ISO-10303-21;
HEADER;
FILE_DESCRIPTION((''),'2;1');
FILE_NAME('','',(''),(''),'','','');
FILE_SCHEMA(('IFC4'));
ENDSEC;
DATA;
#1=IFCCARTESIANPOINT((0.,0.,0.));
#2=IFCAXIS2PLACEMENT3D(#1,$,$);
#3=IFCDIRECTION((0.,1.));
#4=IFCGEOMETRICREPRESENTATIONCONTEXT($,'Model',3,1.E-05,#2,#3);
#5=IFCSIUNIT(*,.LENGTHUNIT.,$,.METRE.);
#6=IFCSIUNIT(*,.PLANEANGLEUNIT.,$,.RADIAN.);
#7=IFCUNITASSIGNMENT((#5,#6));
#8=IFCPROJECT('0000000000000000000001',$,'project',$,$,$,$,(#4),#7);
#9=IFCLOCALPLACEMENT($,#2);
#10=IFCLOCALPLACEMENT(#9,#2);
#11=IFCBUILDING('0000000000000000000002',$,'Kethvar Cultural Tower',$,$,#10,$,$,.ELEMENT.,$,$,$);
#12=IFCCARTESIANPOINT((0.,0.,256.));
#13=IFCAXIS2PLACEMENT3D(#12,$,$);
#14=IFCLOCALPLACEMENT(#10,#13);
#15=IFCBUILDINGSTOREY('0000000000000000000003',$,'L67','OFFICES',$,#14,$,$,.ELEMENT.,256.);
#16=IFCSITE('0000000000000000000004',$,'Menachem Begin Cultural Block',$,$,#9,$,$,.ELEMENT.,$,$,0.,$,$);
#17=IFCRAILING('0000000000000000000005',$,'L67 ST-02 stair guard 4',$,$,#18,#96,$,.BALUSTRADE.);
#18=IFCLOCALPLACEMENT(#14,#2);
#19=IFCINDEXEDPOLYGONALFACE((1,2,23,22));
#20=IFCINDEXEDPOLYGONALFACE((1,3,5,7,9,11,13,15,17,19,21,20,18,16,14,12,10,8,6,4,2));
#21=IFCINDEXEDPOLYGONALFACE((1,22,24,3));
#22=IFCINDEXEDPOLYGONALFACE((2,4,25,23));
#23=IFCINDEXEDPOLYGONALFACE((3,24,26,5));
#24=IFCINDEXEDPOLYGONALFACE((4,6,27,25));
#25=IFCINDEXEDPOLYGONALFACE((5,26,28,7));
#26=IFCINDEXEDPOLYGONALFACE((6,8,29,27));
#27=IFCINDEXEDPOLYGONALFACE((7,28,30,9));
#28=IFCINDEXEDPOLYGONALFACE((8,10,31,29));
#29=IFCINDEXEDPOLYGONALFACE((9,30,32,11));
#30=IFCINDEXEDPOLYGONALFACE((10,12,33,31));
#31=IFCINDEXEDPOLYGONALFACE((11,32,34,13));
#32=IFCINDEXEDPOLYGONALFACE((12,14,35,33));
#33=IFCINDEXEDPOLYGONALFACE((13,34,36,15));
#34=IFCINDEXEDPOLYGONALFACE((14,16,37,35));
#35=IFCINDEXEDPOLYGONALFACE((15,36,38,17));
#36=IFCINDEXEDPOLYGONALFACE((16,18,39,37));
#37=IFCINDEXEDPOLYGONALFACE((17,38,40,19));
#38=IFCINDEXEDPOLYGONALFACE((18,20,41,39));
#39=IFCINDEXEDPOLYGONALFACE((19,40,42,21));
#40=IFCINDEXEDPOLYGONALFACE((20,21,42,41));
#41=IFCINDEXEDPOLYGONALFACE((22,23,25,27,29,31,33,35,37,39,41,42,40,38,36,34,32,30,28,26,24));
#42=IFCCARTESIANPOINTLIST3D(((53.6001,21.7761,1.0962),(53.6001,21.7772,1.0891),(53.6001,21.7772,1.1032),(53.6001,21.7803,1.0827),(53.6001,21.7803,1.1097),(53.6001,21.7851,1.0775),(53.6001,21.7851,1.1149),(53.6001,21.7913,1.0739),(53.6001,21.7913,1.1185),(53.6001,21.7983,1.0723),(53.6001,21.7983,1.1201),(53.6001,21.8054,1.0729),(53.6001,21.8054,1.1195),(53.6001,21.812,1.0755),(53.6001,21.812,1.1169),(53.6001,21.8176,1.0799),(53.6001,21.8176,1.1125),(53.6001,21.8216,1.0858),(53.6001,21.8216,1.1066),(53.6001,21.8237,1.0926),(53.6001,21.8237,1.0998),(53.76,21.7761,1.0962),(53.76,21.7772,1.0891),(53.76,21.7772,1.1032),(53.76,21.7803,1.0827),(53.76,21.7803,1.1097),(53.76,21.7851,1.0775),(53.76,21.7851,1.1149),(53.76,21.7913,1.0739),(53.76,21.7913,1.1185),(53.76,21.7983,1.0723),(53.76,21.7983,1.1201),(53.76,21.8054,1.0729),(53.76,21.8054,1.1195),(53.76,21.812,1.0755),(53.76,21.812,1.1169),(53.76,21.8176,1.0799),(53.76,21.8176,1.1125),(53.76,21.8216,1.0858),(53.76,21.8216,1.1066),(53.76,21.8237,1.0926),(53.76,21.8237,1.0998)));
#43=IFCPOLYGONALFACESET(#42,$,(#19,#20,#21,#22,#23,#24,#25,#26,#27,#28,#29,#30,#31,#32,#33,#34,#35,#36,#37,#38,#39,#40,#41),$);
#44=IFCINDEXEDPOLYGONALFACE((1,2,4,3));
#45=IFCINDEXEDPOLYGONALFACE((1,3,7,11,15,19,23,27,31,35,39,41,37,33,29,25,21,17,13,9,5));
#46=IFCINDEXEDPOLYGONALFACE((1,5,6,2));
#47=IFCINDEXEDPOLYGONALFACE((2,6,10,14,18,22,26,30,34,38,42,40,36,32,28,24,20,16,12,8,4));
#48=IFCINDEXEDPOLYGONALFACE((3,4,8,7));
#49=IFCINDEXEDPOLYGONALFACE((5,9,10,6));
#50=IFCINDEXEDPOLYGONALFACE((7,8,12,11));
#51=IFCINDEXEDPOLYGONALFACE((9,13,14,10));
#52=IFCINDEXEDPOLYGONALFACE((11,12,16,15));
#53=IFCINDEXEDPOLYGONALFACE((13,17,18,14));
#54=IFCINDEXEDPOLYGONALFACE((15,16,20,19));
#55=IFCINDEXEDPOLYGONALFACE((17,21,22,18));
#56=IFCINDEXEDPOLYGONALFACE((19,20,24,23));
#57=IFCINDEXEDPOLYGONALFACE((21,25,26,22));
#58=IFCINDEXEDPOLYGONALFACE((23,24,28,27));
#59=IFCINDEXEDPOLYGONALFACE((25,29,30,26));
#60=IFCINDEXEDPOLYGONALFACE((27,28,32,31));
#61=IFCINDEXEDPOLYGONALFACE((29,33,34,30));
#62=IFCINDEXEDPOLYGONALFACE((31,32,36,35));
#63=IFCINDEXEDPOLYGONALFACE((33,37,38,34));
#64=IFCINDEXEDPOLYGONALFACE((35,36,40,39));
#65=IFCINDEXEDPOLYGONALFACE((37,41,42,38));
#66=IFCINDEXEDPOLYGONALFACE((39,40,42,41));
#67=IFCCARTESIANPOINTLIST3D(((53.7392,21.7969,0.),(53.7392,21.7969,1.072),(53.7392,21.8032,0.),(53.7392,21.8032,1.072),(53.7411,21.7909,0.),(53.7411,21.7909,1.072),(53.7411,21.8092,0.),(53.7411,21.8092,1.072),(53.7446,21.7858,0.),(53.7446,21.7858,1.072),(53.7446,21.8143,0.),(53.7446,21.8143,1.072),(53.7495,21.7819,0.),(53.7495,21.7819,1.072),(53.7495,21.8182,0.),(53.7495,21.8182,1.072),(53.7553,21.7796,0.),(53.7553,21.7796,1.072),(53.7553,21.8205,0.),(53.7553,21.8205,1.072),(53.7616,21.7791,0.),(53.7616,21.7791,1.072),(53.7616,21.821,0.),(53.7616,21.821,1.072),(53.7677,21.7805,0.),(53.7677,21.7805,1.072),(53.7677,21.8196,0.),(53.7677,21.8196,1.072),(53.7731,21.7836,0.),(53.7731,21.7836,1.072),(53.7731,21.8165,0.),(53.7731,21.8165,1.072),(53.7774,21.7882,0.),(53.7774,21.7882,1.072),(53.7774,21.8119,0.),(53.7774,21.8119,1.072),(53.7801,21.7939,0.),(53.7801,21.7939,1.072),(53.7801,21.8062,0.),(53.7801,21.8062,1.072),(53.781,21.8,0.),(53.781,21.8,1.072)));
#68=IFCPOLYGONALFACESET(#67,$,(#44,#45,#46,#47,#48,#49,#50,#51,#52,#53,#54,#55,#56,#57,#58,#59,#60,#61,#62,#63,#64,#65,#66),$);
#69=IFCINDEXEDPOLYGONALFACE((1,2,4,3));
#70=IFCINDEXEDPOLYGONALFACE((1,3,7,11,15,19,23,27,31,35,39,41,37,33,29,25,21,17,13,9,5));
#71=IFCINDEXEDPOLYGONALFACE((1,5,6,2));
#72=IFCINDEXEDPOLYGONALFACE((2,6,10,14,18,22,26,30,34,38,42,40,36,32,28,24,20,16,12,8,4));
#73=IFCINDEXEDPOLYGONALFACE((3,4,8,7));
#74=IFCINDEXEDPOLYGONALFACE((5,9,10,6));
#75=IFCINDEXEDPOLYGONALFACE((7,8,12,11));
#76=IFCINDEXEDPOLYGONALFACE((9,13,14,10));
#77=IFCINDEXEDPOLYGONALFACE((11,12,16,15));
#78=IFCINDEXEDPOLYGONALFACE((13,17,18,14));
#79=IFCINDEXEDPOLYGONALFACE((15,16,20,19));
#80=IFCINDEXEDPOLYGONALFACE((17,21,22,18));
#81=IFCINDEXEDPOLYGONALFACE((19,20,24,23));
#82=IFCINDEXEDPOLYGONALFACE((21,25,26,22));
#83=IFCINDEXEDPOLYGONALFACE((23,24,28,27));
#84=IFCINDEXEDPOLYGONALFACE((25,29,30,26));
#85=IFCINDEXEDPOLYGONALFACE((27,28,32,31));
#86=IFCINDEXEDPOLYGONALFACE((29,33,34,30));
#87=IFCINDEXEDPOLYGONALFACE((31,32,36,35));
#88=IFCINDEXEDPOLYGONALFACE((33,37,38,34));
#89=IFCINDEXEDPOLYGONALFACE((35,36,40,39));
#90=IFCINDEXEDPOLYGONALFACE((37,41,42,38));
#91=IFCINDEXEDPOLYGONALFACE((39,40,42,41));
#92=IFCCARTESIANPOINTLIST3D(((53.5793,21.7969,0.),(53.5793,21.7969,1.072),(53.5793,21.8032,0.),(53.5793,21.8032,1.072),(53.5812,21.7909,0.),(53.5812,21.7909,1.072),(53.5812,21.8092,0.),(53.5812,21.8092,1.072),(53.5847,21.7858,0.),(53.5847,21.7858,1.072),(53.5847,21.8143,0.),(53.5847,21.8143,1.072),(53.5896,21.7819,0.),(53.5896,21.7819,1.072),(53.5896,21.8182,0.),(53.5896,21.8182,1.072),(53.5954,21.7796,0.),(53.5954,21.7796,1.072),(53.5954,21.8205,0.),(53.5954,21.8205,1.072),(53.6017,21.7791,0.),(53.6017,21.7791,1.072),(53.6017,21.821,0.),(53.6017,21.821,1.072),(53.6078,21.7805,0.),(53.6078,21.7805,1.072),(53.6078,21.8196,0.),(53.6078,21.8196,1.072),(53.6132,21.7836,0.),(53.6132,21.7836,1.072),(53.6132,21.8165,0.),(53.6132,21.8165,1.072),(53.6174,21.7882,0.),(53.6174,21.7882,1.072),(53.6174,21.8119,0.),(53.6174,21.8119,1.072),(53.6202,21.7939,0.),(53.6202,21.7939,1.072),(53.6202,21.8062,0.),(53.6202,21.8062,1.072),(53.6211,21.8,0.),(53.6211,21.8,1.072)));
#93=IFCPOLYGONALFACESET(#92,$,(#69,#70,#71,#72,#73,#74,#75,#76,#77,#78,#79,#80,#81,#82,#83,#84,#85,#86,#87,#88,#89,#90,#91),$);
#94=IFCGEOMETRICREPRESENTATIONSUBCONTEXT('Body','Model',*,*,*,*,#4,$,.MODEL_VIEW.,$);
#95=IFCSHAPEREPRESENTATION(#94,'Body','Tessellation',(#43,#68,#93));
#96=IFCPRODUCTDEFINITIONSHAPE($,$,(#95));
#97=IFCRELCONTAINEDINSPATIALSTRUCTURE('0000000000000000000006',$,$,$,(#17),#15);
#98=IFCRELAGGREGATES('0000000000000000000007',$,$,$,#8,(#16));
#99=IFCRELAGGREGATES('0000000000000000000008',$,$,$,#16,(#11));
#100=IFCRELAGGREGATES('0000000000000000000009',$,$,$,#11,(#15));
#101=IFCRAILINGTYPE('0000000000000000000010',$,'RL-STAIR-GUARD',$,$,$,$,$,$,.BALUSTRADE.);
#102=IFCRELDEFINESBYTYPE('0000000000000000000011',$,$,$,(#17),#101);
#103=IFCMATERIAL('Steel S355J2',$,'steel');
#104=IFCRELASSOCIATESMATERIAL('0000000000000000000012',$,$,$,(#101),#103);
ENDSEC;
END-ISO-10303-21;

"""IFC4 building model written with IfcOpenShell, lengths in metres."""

from ifc_helpers import new_model, si_unit, direction, frame, origin, origin_2d, place, context, subcontext, project, spatial, circle, extrude, material, type_object, element, save


model = new_model("IFC4")

# Units and contexts
model_context = context("Model", 3, precision=1e-05, world=origin(), true_north=direction((0.0, 1.0)))
body_context = subcontext(model_context, "Body", "Model", "MODEL_VIEW")
ifc_project = project(units=[si_unit("LENGTHUNIT", "METRE"), si_unit("PLANEANGLEUNIT", "RADIAN")], contexts=[model_context])

# Site, building, storey
site_placement = place(None, origin())
site = spatial("IfcSite", under=ifc_project, at=site_placement, Name="Menachem Begin Cultural Block", CompositionType="ELEMENT", RefElevation=0.0)
building_placement = place(site_placement, origin())
building = spatial("IfcBuilding", under=site, at=building_placement, Name="Kethvar Cultural Tower", CompositionType="ELEMENT")
storey_placement = place(building_placement, frame((0.0, 0.0, 256.0)))
storey = spatial("IfcBuildingStorey", under=building, at=storey_placement, Name="L67", Description="OFFICES", CompositionType="ELEMENT", Elevation=256.0)

# Shared definitions
ifc_material_1 = material(Name="Steel S355J2", Category="steel")

# Railing
railing_type_1 = type_object("IfcRailingType", Name="RL-STAIR-GUARD", PredefinedType="BALUSTRADE", material=ifc_material_1)
railing_1_placement = place(storey_placement, frame((53.76, 21.8, 0.0)))
element("IfcRailing", 1, at=railing_1_placement, inside=storey, type_object=railing_type_1, Name="L67 ST-02 stair guard 4", PredefinedType="BALUSTRADE", context=body_context, shape_type="SweptSolid", body=[
    extrude(circle(Radius=0.0239, at=origin_2d()), frame((0.0, 0.0, 1.0962), z_axis=(-1.0, 0.0, 0.0), x_axis=(0.0, -1.0, 0.0)), (0.0, 0.0, 1.0), 0.1599),
    extrude(circle(Radius=0.021, at=origin_2d()), origin(), (0.0, 0.0, 1.0), 1.072),
    extrude(circle(Radius=0.021, at=origin_2d()), frame((-0.1599, 0.0, 0.0)), (0.0, 0.0, 1.0), 1.072),
])

save(model, "model.ifc")
